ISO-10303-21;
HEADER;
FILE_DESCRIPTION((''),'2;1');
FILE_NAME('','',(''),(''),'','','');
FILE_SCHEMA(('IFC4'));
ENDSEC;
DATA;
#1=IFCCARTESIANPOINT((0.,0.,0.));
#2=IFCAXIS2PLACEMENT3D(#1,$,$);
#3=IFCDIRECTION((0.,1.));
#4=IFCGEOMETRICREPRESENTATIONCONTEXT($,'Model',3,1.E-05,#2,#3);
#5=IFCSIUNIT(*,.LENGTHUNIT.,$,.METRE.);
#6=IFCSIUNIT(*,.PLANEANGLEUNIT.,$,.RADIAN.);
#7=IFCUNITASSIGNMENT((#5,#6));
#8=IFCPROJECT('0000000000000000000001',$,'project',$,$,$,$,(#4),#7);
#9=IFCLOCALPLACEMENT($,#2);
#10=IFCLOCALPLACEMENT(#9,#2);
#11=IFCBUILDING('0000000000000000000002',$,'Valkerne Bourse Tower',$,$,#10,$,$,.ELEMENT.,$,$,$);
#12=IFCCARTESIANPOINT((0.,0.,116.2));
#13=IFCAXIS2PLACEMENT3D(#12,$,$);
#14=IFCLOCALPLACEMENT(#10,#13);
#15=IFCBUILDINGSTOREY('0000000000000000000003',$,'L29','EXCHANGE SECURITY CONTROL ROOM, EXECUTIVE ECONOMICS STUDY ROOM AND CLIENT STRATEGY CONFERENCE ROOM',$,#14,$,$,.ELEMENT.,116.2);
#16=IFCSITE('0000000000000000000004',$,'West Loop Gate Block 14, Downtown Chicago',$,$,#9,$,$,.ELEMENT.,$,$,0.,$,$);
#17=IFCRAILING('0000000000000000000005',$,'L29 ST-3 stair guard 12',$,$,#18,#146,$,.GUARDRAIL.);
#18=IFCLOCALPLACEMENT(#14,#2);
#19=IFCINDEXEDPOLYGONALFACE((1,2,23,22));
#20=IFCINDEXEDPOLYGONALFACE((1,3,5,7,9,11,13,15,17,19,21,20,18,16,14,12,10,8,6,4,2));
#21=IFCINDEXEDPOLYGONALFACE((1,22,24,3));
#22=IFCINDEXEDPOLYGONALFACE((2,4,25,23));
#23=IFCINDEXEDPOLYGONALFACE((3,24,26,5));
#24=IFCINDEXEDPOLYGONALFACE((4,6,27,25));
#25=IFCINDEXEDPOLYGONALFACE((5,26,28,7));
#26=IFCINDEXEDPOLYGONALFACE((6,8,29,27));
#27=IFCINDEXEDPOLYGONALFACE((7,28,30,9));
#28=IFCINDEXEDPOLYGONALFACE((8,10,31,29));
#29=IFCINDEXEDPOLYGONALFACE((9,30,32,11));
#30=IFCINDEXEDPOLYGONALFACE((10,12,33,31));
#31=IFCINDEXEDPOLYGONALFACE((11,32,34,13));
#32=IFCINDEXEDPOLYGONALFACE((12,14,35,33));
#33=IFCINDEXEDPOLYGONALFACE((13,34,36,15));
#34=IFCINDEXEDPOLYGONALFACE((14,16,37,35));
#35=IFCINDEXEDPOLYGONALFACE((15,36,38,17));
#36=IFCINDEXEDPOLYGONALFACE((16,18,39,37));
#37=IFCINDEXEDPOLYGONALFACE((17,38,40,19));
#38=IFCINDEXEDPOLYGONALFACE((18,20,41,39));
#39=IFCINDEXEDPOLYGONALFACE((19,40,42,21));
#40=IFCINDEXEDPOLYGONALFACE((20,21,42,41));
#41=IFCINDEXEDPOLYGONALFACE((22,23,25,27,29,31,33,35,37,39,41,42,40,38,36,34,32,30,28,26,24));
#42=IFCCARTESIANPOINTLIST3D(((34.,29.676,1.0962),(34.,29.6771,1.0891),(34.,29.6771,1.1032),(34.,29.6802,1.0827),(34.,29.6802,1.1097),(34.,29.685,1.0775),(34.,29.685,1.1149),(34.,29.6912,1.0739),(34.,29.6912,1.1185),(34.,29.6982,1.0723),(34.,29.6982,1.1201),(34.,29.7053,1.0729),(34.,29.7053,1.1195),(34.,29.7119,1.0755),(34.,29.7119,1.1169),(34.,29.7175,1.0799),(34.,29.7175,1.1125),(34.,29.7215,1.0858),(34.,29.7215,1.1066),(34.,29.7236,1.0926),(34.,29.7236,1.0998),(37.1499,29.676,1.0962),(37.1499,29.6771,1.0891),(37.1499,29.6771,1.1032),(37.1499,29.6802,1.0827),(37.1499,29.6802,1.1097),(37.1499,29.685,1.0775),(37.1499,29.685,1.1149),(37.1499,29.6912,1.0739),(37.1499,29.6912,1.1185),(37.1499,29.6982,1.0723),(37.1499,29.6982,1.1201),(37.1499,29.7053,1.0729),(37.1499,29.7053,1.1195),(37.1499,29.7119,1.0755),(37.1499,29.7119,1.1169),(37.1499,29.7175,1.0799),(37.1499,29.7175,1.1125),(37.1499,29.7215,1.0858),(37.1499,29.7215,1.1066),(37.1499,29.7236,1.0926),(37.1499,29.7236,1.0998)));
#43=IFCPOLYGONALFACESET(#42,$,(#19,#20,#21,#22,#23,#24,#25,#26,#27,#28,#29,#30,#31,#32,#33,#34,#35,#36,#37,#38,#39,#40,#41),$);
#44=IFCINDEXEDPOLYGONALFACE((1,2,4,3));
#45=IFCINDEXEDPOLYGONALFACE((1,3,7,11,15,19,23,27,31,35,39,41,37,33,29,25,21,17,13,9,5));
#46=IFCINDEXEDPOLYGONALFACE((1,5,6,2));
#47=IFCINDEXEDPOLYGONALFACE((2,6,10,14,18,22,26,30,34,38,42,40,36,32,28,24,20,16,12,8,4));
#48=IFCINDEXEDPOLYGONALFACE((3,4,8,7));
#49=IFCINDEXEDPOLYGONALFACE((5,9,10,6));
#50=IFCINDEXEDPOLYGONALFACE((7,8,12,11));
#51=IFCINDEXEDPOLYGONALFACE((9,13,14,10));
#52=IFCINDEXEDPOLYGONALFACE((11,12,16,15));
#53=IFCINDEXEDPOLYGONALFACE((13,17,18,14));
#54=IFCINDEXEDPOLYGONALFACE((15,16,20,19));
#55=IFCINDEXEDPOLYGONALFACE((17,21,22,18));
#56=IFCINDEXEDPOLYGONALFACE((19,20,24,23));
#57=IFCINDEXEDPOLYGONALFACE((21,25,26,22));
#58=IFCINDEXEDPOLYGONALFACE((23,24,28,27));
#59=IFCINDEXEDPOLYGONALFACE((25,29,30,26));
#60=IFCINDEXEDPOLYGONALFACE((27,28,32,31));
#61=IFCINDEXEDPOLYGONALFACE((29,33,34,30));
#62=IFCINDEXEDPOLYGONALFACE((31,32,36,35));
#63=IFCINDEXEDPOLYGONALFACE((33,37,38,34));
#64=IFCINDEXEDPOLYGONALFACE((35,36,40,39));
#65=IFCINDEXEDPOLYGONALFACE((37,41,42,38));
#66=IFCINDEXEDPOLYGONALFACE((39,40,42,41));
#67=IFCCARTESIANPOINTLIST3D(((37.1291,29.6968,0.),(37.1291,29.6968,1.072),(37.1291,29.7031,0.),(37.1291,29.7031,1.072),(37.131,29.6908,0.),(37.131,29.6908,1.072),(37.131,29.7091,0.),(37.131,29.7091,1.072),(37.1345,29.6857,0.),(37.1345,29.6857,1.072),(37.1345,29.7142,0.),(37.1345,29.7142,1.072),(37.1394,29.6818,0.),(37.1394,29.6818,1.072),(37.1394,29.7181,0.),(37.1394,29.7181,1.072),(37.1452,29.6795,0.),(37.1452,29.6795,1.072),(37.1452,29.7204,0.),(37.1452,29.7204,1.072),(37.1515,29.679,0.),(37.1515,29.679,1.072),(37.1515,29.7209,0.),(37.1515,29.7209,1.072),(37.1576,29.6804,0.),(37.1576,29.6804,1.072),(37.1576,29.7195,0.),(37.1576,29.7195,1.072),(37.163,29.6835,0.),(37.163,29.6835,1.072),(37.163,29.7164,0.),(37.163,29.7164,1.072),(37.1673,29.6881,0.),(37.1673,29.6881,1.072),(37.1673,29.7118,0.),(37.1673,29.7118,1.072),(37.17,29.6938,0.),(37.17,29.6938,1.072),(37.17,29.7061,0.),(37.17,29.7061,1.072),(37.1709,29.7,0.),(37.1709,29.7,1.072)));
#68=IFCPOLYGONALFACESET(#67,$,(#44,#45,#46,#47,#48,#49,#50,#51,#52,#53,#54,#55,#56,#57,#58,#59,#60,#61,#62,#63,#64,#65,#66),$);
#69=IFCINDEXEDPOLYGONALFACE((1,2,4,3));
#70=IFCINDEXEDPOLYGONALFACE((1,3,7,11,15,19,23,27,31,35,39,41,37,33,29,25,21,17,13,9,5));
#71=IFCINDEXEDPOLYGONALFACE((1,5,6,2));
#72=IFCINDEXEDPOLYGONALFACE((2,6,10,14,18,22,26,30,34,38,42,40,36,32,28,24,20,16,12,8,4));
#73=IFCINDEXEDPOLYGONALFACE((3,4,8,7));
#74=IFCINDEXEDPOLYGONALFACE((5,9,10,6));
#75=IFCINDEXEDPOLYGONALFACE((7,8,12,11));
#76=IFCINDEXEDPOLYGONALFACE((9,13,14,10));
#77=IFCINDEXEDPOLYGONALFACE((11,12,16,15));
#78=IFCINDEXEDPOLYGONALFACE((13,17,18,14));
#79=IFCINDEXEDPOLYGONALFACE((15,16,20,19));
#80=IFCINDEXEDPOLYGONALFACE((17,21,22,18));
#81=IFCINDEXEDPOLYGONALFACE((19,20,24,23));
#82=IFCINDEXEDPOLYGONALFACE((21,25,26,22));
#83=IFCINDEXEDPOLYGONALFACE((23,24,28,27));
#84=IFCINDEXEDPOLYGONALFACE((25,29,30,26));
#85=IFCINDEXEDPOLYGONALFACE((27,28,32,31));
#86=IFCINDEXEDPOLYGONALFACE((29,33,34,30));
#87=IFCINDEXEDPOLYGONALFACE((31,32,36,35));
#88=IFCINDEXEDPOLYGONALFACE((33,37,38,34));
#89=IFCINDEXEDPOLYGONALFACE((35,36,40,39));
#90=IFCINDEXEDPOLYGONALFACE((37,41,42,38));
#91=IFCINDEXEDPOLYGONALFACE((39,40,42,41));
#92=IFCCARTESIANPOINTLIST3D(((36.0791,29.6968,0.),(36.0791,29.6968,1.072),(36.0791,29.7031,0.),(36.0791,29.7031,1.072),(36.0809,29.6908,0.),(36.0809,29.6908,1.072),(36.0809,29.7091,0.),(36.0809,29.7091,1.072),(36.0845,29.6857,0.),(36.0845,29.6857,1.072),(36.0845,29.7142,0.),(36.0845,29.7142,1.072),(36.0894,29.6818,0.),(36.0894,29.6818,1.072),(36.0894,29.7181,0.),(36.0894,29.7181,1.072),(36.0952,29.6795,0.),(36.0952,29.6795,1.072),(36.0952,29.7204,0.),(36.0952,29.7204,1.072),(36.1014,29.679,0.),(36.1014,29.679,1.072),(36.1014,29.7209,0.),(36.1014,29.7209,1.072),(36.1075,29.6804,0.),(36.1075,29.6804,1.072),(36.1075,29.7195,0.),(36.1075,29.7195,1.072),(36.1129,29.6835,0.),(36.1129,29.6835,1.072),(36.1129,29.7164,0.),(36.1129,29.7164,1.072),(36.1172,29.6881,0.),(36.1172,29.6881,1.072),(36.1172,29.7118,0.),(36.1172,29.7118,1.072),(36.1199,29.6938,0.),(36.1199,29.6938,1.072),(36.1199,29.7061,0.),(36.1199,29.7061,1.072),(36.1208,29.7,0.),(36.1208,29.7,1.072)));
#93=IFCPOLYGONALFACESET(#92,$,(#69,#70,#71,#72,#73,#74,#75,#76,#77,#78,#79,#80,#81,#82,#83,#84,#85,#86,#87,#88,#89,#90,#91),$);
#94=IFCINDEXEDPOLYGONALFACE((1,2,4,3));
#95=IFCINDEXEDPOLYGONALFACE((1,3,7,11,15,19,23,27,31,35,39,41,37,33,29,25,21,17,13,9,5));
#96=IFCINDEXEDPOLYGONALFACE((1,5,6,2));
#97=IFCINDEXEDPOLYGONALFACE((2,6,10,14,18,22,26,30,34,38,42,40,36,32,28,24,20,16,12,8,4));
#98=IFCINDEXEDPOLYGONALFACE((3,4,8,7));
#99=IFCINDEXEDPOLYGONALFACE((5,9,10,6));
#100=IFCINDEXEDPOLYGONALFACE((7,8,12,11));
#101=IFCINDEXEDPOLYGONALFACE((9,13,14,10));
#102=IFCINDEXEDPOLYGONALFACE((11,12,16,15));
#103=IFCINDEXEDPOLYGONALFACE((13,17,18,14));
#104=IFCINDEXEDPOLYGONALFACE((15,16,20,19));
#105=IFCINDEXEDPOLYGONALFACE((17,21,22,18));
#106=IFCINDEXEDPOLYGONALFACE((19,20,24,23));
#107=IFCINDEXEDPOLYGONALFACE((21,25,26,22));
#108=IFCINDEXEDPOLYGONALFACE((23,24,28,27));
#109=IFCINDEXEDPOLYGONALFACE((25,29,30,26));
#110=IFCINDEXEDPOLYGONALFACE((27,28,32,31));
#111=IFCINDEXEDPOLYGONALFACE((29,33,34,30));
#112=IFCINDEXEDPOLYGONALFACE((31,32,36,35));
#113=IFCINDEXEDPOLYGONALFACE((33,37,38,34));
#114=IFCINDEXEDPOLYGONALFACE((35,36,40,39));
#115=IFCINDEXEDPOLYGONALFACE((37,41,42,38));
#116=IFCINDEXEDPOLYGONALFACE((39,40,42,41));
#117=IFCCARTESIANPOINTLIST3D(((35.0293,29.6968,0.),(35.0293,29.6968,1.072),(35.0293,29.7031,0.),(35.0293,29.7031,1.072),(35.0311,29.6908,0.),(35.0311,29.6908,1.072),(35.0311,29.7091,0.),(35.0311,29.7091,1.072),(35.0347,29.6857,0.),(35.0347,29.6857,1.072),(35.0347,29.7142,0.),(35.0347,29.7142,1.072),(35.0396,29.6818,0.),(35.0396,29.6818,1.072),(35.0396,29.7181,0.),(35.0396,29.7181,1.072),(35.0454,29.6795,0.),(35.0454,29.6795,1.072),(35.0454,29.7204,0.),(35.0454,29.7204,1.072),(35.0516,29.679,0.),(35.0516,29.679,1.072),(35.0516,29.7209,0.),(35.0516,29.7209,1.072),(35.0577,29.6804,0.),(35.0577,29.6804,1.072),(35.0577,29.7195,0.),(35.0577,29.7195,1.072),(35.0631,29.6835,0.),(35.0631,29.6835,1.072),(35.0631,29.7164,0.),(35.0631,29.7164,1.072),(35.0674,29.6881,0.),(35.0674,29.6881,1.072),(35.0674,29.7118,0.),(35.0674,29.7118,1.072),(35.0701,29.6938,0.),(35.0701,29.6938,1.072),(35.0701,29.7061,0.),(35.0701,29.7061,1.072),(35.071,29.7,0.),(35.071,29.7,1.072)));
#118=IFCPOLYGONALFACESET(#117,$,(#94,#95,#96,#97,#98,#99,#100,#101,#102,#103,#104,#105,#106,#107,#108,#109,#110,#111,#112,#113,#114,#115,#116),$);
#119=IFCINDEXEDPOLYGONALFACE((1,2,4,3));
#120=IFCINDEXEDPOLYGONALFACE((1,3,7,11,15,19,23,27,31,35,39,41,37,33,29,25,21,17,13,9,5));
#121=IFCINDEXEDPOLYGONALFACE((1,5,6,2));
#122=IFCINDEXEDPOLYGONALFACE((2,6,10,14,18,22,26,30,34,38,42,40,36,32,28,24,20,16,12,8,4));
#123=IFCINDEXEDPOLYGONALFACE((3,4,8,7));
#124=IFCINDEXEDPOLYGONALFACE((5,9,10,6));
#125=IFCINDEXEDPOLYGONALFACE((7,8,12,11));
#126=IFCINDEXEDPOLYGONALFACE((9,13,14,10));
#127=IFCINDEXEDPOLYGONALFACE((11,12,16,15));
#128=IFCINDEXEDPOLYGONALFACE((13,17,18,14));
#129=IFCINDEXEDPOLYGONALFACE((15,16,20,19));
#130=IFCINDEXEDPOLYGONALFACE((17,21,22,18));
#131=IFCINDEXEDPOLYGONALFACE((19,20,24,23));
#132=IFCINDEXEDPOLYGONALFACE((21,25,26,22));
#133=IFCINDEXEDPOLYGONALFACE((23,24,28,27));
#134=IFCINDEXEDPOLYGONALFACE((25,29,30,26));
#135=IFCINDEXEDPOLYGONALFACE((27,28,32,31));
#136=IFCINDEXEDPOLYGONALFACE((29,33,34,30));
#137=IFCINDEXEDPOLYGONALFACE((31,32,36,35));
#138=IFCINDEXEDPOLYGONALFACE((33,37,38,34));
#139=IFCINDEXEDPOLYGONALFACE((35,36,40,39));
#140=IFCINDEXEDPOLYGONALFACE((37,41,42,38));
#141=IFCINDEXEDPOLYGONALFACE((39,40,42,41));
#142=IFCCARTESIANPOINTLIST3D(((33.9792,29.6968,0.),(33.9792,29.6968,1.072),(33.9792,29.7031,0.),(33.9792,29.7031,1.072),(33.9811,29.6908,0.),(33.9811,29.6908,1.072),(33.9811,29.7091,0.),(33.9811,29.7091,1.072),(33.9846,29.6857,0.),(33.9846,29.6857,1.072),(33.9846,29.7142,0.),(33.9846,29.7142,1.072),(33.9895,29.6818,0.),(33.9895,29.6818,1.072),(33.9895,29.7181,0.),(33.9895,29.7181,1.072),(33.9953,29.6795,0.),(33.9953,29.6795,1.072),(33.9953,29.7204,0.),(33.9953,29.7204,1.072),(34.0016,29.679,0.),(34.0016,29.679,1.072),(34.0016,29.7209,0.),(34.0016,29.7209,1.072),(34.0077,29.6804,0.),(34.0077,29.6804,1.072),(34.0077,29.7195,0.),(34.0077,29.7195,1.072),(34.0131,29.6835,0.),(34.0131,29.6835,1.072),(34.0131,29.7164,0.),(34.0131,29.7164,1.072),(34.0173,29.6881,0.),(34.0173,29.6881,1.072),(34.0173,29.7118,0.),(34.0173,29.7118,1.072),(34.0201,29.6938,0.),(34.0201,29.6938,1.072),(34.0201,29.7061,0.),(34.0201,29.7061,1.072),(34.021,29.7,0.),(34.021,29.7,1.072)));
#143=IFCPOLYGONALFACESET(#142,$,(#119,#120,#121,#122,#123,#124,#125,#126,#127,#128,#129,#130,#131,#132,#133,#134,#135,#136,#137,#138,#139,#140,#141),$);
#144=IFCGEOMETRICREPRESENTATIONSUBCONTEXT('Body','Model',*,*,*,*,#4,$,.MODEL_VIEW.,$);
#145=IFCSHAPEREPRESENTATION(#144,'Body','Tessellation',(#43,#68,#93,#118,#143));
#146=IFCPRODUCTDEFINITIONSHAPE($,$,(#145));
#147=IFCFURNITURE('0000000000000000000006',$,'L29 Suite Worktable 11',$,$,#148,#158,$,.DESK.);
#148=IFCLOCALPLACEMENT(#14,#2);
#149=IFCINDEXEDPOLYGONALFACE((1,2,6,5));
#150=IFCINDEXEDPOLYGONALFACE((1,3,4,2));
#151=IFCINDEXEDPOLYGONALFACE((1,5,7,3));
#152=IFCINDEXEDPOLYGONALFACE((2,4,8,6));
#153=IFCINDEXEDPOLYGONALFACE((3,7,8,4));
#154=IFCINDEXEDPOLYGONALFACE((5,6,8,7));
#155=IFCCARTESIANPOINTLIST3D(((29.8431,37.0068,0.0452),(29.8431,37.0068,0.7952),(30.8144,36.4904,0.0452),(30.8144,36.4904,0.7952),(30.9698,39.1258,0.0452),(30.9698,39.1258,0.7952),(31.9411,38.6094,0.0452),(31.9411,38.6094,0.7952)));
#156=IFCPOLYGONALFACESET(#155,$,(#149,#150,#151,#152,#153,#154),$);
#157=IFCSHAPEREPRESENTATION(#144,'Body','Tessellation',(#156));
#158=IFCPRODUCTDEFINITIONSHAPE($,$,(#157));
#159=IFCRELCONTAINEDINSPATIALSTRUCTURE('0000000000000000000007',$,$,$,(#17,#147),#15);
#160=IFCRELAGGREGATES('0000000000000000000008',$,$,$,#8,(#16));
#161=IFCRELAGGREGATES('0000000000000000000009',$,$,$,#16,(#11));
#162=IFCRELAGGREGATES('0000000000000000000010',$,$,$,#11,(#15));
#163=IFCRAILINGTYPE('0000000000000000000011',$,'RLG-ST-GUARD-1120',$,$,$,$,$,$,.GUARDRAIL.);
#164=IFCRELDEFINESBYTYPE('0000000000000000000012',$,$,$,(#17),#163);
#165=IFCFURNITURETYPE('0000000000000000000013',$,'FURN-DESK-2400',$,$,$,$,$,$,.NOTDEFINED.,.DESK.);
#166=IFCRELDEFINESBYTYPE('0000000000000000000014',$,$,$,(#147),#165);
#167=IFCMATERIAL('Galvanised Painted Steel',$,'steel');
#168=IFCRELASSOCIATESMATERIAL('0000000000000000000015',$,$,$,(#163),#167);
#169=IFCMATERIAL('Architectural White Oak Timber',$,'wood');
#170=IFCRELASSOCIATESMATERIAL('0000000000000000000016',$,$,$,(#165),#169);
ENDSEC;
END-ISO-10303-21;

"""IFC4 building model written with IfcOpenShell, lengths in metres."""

from ifc_helpers import new_model, si_unit, direction, frame, origin, origin_2d, place, context, subcontext, project, spatial, rectangle, circle, extrude, material, type_object, element, save


model = new_model("IFC4")

# Units and contexts
model_context = context("Model", 3, precision=1e-05, world=origin(), true_north=direction((0.0, 1.0)))
body_context = subcontext(model_context, "Body", "Model", "MODEL_VIEW")
ifc_project = project(units=[si_unit("LENGTHUNIT", "METRE"), si_unit("PLANEANGLEUNIT", "RADIAN")], contexts=[model_context])

# Site, building, storey
site_placement = place(None, origin())
site = spatial("IfcSite", under=ifc_project, at=site_placement, Name="West Loop Gate Block 14, Downtown Chicago", CompositionType="ELEMENT", RefElevation=0.0)
building_placement = place(site_placement, origin())
building = spatial("IfcBuilding", under=site, at=building_placement, Name="Valkerne Bourse Tower", CompositionType="ELEMENT")
storey_placement = place(building_placement, frame((0.0, 0.0, 116.2)))
storey = spatial("IfcBuildingStorey", under=building, at=storey_placement, Name="L29", Description="EXCHANGE SECURITY CONTROL ROOM, EXECUTIVE ECONOMICS STUDY ROOM AND CLIENT STRATEGY CONFERENCE ROOM", CompositionType="ELEMENT", Elevation=116.2)

# Shared definitions
ifc_material_1 = material(Name="Galvanised Painted Steel", Category="steel")

# Shared definitions
ifc_material_2 = material(Name="Architectural White Oak Timber", Category="wood")

# Railing
railing_type = type_object("IfcRailingType", Name="RLG-ST-GUARD-1120", PredefinedType="GUARDRAIL", material=ifc_material_1)
railing_1_placement = place(storey_placement, frame((37.1499, 29.7, 0.0)))
element("IfcRailing", 1, at=railing_1_placement, inside=storey, type_object=railing_type, Name="L29 ST-3 stair guard 12", PredefinedType="GUARDRAIL", context=body_context, shape_type="SweptSolid", body=[
    extrude(circle(Radius=0.0239, at=origin_2d()), frame((0.0, 0.0, 1.0962), z_axis=(-1.0, 0.0, 0.0), x_axis=(0.0, -1.0, 0.0)), (0.0, 0.0, 1.0), 3.1499),
    extrude(circle(Radius=0.021, at=origin_2d()), origin(), (0.0, 0.0, 1.0), 1.072),
    extrude(circle(Radius=0.021, at=origin_2d()), frame((-1.05, 0.0, 0.0)), (0.0, 0.0, 1.0), 1.072),
    extrude(circle(Radius=0.021, at=origin_2d()), frame((-2.0999, 0.0, 0.0)), (0.0, 0.0, 1.0), 1.072),
    extrude(circle(Radius=0.021, at=origin_2d()), frame((-3.1499, 0.0, 0.0)), (0.0, 0.0, 1.0), 1.072),
])

# Furniture
furniture_type = type_object("IfcFurnitureType", Name="FURN-DESK-2400", AssemblyPlace="NOTDEFINED", PredefinedType="DESK", material=ifc_material_2)
furniture_placement = place(storey_placement, frame((30.8921, 37.8081, 0.0452), z_axis=(0.0, 0.0, 1.0), x_axis=(0.469472, 0.882948, 0.0)))
element("IfcFurniture", 2, at=furniture_placement, inside=storey, type_object=furniture_type, Name="L29 Suite Worktable 11", PredefinedType="DESK", context=body_context, shape_type="SweptSolid", body=[
    extrude(rectangle(XDim=2.3999, YDim=1.1001, at=origin_2d()), origin(), (0.0, 0.0, 1.0), 0.75),
])

save(model, "model.ifc")
